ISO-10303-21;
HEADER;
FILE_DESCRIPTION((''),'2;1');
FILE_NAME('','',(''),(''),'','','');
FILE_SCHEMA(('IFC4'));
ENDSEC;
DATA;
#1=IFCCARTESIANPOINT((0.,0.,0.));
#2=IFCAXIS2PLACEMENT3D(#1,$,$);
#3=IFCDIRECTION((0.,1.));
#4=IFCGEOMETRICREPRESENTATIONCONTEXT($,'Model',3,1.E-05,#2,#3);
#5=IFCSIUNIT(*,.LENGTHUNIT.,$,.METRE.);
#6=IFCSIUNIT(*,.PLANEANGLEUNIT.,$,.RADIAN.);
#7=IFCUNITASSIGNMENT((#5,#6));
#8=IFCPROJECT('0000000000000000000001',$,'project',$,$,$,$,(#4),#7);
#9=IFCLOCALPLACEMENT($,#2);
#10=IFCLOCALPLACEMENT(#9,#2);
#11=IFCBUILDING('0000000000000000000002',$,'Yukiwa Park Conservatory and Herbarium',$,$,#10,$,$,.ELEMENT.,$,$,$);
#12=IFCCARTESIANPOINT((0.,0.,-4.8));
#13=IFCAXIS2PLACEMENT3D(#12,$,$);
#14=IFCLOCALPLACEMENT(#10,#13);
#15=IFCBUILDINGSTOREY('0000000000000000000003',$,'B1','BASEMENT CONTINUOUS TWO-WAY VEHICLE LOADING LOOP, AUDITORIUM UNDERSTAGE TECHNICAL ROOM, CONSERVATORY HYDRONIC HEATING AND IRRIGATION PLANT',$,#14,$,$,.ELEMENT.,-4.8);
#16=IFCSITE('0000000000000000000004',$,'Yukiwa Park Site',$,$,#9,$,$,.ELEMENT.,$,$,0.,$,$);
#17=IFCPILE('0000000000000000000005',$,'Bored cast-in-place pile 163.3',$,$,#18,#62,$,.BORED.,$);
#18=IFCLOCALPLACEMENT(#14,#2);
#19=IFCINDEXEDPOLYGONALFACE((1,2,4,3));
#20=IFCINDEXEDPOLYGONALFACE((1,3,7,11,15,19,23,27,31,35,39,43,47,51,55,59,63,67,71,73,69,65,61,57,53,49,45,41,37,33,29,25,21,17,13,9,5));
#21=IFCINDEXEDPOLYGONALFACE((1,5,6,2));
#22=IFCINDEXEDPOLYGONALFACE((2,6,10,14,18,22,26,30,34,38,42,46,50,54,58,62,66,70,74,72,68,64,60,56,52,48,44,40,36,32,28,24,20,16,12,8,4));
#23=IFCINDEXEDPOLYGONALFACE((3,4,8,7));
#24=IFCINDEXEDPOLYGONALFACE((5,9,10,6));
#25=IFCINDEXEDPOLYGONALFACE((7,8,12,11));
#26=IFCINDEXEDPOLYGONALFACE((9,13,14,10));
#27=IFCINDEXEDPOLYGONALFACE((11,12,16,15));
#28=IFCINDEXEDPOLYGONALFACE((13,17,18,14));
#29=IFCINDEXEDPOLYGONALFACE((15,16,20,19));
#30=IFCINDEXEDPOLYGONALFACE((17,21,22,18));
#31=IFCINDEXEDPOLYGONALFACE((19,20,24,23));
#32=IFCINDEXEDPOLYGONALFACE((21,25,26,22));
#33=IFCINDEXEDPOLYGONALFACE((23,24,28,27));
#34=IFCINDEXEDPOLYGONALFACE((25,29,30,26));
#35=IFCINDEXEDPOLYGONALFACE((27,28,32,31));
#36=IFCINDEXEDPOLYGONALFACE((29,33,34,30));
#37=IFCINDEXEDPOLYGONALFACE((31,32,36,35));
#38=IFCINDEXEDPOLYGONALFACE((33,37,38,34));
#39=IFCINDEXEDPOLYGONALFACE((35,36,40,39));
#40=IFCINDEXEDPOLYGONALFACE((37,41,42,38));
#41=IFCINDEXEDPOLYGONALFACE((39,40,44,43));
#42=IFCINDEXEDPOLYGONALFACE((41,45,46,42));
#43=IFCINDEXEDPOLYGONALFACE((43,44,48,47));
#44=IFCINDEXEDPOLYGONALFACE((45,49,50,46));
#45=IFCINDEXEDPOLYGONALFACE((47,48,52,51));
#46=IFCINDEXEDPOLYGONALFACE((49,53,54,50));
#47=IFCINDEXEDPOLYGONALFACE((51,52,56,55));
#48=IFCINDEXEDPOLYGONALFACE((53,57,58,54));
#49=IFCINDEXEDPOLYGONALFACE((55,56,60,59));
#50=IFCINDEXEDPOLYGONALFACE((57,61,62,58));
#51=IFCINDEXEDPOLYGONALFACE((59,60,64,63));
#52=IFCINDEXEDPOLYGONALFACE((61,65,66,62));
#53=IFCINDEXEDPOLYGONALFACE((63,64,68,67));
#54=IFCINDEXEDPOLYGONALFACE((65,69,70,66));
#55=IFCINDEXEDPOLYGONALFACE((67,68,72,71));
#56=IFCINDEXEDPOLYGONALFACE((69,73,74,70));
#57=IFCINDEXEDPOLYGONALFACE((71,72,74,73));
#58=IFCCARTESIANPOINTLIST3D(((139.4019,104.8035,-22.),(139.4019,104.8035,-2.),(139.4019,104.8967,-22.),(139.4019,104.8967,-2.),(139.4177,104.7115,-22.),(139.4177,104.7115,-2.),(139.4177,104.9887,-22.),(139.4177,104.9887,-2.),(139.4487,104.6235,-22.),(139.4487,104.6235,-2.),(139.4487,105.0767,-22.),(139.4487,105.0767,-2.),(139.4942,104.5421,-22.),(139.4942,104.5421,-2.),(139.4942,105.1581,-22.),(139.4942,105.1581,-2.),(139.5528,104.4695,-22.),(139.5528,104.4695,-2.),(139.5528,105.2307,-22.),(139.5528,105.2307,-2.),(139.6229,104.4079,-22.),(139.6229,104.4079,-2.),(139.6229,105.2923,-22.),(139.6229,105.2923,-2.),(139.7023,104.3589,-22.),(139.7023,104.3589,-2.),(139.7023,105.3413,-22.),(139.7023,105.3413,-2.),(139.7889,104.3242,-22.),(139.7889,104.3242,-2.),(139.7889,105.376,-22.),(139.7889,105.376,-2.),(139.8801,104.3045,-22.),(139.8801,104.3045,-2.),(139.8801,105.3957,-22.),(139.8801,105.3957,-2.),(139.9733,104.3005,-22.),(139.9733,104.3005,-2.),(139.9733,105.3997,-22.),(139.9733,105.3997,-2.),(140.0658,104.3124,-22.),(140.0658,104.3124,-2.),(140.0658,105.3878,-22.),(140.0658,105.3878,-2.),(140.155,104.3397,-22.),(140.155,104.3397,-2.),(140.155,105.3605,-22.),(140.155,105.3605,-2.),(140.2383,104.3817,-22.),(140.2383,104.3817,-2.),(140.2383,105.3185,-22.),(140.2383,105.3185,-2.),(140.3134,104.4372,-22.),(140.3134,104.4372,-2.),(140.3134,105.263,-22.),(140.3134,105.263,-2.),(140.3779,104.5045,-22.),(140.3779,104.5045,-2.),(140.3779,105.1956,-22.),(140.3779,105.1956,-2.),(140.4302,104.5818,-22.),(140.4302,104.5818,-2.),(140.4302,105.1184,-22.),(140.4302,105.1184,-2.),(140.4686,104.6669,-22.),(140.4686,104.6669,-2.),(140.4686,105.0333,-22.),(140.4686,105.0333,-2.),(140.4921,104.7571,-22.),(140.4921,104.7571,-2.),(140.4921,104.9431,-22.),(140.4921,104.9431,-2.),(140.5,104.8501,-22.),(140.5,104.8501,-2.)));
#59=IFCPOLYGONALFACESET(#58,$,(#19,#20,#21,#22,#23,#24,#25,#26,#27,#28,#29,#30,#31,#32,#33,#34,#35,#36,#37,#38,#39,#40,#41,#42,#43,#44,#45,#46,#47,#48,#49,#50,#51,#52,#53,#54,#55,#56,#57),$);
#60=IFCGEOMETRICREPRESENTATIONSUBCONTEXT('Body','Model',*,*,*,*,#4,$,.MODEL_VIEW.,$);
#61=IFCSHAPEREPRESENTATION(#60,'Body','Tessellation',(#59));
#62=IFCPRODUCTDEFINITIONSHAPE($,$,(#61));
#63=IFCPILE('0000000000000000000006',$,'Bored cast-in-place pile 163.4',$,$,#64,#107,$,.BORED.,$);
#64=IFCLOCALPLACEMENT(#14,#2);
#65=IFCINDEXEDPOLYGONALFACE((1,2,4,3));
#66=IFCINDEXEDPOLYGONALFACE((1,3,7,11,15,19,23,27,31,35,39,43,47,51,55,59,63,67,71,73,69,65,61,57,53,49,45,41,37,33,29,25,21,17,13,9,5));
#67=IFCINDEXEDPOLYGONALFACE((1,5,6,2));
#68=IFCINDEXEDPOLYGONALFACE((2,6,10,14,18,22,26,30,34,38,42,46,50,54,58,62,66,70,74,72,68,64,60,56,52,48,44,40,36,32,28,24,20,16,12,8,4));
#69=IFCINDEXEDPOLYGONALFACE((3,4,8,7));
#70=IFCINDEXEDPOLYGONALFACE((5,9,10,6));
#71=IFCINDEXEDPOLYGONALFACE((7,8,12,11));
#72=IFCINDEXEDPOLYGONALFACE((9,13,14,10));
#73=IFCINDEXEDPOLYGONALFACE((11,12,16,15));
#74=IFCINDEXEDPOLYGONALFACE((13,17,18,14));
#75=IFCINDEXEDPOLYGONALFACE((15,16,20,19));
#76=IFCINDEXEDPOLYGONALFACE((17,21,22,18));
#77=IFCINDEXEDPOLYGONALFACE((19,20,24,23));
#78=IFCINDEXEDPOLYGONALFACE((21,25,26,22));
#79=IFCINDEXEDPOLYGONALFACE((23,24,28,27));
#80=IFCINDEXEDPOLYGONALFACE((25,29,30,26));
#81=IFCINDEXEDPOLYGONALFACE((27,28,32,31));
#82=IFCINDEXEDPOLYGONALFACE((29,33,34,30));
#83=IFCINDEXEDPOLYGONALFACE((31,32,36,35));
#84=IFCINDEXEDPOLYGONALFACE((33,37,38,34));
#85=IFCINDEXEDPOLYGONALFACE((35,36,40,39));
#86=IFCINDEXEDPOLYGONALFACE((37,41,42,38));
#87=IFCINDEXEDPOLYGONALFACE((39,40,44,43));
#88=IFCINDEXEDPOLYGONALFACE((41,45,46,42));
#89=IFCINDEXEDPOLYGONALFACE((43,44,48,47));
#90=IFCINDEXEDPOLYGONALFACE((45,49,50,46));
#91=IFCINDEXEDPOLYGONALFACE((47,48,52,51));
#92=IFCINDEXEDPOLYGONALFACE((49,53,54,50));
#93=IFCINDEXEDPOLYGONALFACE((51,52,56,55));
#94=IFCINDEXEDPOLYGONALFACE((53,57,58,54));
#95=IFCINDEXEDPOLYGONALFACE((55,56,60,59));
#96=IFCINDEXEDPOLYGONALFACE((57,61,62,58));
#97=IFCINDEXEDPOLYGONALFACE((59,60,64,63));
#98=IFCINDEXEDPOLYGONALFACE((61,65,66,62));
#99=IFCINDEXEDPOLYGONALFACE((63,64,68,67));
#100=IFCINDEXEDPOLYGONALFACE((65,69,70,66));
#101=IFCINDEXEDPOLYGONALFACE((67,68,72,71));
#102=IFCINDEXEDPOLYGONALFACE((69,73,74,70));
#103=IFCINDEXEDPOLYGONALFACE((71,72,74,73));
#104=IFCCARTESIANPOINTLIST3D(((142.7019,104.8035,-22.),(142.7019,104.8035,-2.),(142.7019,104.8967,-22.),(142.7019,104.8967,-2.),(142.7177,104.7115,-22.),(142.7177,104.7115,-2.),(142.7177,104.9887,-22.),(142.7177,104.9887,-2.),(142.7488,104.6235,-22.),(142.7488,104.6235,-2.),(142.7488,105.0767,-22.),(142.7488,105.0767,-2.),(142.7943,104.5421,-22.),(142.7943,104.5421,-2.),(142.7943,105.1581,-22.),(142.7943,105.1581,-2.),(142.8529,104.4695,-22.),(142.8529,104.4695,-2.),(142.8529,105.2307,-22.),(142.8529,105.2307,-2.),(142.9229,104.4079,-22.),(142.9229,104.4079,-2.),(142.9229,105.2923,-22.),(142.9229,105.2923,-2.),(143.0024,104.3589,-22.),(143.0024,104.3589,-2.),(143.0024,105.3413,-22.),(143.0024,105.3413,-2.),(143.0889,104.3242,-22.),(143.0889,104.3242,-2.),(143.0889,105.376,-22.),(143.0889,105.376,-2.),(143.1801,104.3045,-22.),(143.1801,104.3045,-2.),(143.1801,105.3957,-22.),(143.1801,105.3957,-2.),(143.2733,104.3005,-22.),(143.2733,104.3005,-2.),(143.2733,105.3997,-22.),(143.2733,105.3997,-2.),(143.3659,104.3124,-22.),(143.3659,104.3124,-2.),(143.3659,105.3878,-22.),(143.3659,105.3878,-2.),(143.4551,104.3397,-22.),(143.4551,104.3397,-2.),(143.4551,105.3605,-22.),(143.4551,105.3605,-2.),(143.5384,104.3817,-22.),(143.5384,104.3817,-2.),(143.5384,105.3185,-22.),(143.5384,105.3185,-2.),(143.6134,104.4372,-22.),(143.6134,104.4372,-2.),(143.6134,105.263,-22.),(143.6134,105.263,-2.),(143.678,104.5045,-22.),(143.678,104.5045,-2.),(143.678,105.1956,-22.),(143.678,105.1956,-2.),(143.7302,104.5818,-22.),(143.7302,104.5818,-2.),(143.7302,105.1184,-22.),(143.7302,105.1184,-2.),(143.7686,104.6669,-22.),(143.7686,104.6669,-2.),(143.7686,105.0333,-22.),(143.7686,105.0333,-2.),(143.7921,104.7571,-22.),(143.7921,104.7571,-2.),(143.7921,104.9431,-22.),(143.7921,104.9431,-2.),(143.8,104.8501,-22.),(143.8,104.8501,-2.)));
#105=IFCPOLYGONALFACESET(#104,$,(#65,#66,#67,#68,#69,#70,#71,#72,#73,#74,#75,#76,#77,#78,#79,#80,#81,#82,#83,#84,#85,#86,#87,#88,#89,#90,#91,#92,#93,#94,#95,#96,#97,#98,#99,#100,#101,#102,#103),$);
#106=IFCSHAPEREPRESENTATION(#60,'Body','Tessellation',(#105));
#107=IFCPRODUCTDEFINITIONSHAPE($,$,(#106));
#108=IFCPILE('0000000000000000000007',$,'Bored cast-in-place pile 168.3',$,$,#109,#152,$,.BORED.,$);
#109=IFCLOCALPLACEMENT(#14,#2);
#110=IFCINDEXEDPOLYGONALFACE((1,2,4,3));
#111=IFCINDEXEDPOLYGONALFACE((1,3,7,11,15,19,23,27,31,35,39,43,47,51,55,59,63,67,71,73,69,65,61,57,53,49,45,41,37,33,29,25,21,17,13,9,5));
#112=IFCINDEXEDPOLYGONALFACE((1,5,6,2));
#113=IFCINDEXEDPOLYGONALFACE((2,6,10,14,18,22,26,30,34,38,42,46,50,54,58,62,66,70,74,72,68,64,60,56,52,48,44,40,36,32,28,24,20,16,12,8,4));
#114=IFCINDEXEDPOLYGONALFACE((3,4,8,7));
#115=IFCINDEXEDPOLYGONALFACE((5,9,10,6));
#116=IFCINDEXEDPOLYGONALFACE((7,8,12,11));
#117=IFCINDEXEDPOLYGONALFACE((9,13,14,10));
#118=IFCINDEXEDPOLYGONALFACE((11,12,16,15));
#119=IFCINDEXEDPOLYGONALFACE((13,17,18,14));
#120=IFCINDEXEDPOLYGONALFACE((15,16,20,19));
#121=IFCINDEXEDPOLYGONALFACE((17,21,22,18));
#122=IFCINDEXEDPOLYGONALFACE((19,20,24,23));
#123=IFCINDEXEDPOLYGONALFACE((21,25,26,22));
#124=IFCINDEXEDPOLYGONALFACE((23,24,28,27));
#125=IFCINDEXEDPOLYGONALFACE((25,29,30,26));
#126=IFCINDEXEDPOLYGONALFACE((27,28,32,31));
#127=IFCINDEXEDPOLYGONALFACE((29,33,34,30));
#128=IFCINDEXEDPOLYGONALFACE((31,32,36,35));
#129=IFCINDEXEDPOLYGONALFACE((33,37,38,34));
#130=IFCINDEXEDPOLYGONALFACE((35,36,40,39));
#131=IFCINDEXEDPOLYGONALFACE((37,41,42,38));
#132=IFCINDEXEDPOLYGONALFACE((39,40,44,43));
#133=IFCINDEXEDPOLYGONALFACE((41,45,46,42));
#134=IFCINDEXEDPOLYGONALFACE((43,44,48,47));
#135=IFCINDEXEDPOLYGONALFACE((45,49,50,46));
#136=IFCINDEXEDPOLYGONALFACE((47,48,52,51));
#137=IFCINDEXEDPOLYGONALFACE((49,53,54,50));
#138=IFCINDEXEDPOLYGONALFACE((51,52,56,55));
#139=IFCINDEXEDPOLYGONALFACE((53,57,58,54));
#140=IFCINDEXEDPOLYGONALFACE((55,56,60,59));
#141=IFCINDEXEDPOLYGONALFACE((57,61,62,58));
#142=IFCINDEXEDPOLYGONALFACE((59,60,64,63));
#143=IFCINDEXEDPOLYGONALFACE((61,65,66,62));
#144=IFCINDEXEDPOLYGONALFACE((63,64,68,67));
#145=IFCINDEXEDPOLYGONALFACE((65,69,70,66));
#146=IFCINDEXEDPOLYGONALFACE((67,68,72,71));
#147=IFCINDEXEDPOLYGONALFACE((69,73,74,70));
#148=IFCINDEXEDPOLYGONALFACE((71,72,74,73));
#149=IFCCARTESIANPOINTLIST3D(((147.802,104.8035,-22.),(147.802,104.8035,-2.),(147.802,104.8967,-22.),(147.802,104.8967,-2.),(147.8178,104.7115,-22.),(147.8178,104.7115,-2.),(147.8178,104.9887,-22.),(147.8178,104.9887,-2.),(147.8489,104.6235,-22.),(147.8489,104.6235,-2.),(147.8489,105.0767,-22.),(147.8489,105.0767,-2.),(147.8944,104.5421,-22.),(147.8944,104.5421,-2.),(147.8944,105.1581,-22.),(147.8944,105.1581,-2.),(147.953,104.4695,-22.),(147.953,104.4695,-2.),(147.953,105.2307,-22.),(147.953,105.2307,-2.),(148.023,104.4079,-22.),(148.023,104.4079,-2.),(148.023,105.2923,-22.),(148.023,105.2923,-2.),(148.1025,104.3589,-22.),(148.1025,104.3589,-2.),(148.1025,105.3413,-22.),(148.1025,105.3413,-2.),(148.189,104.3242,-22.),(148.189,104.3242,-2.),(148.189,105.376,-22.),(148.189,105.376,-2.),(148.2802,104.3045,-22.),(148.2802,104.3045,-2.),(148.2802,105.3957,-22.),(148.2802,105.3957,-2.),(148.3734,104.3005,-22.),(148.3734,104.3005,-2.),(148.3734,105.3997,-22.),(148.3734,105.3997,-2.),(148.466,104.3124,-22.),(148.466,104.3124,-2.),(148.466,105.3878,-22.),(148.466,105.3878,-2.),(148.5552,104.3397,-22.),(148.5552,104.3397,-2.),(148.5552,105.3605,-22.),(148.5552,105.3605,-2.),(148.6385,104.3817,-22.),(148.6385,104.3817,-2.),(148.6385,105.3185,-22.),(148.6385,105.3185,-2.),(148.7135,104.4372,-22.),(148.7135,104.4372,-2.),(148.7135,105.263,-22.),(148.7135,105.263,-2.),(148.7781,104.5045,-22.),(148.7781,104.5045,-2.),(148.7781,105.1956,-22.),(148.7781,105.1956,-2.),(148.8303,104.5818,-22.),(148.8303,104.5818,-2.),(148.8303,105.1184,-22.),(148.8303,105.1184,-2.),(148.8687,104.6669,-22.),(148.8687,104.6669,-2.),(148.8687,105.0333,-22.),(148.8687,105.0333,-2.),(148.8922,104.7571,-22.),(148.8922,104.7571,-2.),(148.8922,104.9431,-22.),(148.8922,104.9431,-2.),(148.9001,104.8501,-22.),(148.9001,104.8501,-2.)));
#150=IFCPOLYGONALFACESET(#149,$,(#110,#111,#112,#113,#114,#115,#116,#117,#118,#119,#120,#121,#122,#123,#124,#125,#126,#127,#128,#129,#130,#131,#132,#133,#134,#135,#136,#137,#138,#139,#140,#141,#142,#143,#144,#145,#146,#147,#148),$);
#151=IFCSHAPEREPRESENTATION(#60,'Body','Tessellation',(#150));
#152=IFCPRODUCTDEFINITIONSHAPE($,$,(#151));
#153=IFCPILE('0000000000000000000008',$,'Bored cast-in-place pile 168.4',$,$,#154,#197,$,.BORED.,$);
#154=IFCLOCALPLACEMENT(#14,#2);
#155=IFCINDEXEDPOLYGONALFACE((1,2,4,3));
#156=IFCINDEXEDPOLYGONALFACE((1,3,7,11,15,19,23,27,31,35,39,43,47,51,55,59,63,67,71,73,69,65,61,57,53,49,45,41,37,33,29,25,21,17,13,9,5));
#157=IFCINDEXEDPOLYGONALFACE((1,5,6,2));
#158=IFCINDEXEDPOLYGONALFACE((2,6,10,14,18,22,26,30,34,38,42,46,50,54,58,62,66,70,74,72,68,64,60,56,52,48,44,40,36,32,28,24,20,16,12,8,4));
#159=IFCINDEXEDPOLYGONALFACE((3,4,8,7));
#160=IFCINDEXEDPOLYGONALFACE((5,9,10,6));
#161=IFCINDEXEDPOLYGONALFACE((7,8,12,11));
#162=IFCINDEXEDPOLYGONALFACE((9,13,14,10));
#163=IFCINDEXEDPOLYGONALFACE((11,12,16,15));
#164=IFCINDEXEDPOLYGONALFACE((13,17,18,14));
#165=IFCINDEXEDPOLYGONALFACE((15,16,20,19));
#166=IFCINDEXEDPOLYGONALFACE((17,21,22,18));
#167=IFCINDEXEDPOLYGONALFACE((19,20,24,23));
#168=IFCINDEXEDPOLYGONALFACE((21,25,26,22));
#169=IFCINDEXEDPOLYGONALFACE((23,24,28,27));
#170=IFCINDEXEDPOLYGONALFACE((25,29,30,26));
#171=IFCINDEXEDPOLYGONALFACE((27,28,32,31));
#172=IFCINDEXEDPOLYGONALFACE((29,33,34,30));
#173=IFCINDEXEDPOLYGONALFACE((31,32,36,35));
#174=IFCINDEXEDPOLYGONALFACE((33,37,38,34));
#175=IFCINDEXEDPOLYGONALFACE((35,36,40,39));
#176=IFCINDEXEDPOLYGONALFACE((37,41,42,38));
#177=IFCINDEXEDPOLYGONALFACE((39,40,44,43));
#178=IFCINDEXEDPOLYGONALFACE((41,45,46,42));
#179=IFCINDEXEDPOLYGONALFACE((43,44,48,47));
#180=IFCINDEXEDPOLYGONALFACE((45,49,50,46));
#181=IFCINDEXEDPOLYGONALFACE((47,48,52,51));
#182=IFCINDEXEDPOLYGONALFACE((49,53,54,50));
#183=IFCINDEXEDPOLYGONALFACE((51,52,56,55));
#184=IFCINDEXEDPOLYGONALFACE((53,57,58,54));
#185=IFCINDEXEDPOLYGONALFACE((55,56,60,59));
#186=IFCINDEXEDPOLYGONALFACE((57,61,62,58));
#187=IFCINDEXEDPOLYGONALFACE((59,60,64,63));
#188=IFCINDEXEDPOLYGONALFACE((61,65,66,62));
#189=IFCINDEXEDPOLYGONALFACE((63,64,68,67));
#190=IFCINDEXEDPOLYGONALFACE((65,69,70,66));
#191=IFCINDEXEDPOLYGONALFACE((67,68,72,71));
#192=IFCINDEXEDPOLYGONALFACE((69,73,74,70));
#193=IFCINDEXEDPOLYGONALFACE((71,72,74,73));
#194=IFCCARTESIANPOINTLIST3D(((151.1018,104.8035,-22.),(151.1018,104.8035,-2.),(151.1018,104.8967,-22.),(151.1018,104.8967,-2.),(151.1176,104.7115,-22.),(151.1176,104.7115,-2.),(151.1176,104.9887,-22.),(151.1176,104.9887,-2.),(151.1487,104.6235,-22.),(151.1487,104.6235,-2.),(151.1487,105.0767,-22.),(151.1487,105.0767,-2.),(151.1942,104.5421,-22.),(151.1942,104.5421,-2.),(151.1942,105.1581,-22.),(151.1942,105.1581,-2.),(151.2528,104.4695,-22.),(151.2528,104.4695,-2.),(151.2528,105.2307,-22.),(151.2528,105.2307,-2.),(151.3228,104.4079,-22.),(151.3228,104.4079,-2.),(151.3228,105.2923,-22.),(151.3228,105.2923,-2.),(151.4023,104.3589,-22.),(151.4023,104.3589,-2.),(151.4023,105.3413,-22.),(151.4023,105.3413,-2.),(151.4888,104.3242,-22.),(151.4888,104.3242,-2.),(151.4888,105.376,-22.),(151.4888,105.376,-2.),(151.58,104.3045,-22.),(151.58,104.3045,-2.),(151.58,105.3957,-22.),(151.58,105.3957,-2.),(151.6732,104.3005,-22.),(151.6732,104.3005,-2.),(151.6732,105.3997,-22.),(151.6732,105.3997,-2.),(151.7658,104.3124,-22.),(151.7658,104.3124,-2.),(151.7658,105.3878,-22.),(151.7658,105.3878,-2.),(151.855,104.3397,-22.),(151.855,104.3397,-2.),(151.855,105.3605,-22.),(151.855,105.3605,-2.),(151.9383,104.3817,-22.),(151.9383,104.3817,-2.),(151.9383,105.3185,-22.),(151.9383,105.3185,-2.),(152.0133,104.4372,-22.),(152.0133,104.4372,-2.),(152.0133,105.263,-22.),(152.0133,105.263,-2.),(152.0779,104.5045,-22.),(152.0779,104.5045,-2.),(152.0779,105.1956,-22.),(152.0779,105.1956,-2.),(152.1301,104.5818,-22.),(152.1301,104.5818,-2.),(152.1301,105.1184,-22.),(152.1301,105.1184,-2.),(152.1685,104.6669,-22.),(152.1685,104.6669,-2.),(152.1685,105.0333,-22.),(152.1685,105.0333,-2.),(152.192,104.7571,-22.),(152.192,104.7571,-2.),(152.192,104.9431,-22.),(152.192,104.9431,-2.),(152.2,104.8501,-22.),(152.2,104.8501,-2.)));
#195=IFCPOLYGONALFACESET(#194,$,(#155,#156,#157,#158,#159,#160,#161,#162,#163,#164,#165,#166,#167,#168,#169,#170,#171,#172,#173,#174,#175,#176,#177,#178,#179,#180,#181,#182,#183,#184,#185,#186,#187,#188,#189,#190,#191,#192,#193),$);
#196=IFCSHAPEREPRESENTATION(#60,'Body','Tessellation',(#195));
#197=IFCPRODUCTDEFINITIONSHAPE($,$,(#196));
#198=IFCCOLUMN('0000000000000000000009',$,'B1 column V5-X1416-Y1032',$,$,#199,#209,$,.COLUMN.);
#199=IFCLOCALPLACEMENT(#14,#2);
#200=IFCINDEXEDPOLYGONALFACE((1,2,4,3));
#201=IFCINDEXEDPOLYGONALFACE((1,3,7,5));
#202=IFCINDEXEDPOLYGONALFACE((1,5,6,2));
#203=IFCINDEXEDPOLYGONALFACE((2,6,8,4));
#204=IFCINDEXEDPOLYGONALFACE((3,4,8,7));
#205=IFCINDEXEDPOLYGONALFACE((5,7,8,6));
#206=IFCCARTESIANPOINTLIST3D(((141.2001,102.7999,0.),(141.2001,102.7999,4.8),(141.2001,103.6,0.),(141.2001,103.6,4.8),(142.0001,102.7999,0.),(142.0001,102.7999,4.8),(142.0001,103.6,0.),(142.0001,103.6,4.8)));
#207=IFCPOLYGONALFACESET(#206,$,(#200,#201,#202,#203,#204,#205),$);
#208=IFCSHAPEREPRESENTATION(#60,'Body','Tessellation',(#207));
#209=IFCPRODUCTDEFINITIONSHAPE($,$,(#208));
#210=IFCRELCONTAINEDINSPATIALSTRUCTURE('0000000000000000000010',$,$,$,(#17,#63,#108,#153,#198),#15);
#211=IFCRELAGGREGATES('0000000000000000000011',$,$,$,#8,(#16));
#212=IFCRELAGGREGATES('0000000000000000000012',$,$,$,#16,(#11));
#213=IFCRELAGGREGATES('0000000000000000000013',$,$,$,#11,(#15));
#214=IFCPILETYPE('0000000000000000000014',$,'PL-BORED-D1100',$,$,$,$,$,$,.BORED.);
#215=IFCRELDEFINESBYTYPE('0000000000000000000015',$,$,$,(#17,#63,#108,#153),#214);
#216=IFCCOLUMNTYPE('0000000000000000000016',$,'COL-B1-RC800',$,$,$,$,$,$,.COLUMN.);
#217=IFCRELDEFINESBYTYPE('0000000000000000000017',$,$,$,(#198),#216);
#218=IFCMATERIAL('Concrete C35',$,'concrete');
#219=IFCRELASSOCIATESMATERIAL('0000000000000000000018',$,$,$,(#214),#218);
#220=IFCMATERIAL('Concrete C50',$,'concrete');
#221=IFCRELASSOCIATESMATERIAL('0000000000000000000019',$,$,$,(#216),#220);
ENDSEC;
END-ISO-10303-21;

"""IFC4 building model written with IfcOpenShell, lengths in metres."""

from ifc_helpers import new_model, si_unit, direction, frame, origin, origin_2d, place, context, subcontext, project, spatial, rectangle, circle, extrude, material, material_profile, profile_set, type_object, element, save


model = new_model("IFC4")

# Units and contexts
model_context = context("Model", 3, precision=1e-05, world=origin(), true_north=direction((0.0, 1.0)))
body_context = subcontext(model_context, "Body", "Model", "MODEL_VIEW")
ifc_project = project(units=[si_unit("LENGTHUNIT", "METRE"), si_unit("PLANEANGLEUNIT", "RADIAN")], contexts=[model_context])

# Site, building, storey
site_placement = place(None, origin())
site = spatial("IfcSite", under=ifc_project, at=site_placement, Name="Yukiwa Park Site", CompositionType="ELEMENT", RefElevation=0.0)
building_placement = place(site_placement, origin())
building = spatial("IfcBuilding", under=site, at=building_placement, Name="Yukiwa Park Conservatory and Herbarium", CompositionType="ELEMENT")
storey_placement = place(building_placement, frame((0.0, 0.0, -4.8)))
storey = spatial("IfcBuildingStorey", under=building, at=storey_placement, Name="B1", Description="BASEMENT CONTINUOUS TWO-WAY VEHICLE LOADING LOOP, AUDITORIUM UNDERSTAGE TECHNICAL ROOM, CONSERVATORY HYDRONIC HEATING AND IRRIGATION PLANT", CompositionType="ELEMENT", Elevation=-4.8)

# Piles
ifc_material_1 = material(Name="Concrete C35", Category="concrete")
ifc_material_profile_1 = material_profile(ifc_material_1, circle(Radius=0.55, at=origin_2d()), Name="PILE D1100")
ifc_profile_set_1 = profile_set([ifc_material_profile_1], Name="Concrete C35")
pile_type_1 = type_object("IfcPileType", Name="PL-BORED-D1100", PredefinedType="BORED", material=ifc_profile_set_1)
for number, where, z_axis, x_axis, name in (
    (1, (139.95, 104.8501, -2.0), (0.0, 0.0, -1.0), (1.0, 0.0, 0.0), "Bored cast-in-place pile 163.3"),
    (2, (143.25, 104.8501, -2.0), (0.0, 0.0, -1.0), (1.0, 0.0, 0.0), "Bored cast-in-place pile 163.4"),
    (3, (148.3501, 104.8501, -2.0), (0.0, 0.0, -1.0), (1.0, 0.0, 0.0), "Bored cast-in-place pile 168.3"),
    (4, (151.6499, 104.8501, -2.0), (0.0, 0.0, -1.0), (1.0, 0.0, 0.0), "Bored cast-in-place pile 168.4"),
):
    element("IfcPile", number, at=place(storey_placement, frame(where, z_axis=z_axis, x_axis=x_axis)), inside=storey, type_object=pile_type_1, Name=name, PredefinedType="BORED", context=body_context, shape_type="SweptSolid", body=[
        extrude(circle(Radius=0.55, at=origin_2d()), origin(), (0.0, 0.0, 1.0), 20.0),
    ])

# Column
ifc_material_2 = material(Name="Concrete C50", Category="concrete")
ifc_material_profile_2 = material_profile(ifc_material_2, rectangle(XDim=0.8, YDim=0.8, at=origin_2d()), Name="RC 800x800")
ifc_profile_set_2 = profile_set([ifc_material_profile_2], Name="Concrete C50")
column_type_1 = type_object("IfcColumnType", Name="COL-B1-RC800", PredefinedType="COLUMN", material=ifc_profile_set_2)
for number, where, z_axis, x_axis, name in (
    (5, (141.6001, 103.2, 0.0), (0.0, 0.0, 1.0), (1.0, 0.0, 0.0), "B1 column V5-X1416-Y1032"),
):
    element("IfcColumn", number, at=place(storey_placement, frame(where, z_axis=z_axis, x_axis=x_axis)), inside=storey, type_object=column_type_1, Name=name, PredefinedType="COLUMN", context=body_context, shape_type="SweptSolid", body=[
        extrude(rectangle(XDim=0.8, YDim=0.8, at=origin_2d()), origin(), (0.0, 0.0, 1.0), 4.8),
    ])

save(model, "model.ifc")
